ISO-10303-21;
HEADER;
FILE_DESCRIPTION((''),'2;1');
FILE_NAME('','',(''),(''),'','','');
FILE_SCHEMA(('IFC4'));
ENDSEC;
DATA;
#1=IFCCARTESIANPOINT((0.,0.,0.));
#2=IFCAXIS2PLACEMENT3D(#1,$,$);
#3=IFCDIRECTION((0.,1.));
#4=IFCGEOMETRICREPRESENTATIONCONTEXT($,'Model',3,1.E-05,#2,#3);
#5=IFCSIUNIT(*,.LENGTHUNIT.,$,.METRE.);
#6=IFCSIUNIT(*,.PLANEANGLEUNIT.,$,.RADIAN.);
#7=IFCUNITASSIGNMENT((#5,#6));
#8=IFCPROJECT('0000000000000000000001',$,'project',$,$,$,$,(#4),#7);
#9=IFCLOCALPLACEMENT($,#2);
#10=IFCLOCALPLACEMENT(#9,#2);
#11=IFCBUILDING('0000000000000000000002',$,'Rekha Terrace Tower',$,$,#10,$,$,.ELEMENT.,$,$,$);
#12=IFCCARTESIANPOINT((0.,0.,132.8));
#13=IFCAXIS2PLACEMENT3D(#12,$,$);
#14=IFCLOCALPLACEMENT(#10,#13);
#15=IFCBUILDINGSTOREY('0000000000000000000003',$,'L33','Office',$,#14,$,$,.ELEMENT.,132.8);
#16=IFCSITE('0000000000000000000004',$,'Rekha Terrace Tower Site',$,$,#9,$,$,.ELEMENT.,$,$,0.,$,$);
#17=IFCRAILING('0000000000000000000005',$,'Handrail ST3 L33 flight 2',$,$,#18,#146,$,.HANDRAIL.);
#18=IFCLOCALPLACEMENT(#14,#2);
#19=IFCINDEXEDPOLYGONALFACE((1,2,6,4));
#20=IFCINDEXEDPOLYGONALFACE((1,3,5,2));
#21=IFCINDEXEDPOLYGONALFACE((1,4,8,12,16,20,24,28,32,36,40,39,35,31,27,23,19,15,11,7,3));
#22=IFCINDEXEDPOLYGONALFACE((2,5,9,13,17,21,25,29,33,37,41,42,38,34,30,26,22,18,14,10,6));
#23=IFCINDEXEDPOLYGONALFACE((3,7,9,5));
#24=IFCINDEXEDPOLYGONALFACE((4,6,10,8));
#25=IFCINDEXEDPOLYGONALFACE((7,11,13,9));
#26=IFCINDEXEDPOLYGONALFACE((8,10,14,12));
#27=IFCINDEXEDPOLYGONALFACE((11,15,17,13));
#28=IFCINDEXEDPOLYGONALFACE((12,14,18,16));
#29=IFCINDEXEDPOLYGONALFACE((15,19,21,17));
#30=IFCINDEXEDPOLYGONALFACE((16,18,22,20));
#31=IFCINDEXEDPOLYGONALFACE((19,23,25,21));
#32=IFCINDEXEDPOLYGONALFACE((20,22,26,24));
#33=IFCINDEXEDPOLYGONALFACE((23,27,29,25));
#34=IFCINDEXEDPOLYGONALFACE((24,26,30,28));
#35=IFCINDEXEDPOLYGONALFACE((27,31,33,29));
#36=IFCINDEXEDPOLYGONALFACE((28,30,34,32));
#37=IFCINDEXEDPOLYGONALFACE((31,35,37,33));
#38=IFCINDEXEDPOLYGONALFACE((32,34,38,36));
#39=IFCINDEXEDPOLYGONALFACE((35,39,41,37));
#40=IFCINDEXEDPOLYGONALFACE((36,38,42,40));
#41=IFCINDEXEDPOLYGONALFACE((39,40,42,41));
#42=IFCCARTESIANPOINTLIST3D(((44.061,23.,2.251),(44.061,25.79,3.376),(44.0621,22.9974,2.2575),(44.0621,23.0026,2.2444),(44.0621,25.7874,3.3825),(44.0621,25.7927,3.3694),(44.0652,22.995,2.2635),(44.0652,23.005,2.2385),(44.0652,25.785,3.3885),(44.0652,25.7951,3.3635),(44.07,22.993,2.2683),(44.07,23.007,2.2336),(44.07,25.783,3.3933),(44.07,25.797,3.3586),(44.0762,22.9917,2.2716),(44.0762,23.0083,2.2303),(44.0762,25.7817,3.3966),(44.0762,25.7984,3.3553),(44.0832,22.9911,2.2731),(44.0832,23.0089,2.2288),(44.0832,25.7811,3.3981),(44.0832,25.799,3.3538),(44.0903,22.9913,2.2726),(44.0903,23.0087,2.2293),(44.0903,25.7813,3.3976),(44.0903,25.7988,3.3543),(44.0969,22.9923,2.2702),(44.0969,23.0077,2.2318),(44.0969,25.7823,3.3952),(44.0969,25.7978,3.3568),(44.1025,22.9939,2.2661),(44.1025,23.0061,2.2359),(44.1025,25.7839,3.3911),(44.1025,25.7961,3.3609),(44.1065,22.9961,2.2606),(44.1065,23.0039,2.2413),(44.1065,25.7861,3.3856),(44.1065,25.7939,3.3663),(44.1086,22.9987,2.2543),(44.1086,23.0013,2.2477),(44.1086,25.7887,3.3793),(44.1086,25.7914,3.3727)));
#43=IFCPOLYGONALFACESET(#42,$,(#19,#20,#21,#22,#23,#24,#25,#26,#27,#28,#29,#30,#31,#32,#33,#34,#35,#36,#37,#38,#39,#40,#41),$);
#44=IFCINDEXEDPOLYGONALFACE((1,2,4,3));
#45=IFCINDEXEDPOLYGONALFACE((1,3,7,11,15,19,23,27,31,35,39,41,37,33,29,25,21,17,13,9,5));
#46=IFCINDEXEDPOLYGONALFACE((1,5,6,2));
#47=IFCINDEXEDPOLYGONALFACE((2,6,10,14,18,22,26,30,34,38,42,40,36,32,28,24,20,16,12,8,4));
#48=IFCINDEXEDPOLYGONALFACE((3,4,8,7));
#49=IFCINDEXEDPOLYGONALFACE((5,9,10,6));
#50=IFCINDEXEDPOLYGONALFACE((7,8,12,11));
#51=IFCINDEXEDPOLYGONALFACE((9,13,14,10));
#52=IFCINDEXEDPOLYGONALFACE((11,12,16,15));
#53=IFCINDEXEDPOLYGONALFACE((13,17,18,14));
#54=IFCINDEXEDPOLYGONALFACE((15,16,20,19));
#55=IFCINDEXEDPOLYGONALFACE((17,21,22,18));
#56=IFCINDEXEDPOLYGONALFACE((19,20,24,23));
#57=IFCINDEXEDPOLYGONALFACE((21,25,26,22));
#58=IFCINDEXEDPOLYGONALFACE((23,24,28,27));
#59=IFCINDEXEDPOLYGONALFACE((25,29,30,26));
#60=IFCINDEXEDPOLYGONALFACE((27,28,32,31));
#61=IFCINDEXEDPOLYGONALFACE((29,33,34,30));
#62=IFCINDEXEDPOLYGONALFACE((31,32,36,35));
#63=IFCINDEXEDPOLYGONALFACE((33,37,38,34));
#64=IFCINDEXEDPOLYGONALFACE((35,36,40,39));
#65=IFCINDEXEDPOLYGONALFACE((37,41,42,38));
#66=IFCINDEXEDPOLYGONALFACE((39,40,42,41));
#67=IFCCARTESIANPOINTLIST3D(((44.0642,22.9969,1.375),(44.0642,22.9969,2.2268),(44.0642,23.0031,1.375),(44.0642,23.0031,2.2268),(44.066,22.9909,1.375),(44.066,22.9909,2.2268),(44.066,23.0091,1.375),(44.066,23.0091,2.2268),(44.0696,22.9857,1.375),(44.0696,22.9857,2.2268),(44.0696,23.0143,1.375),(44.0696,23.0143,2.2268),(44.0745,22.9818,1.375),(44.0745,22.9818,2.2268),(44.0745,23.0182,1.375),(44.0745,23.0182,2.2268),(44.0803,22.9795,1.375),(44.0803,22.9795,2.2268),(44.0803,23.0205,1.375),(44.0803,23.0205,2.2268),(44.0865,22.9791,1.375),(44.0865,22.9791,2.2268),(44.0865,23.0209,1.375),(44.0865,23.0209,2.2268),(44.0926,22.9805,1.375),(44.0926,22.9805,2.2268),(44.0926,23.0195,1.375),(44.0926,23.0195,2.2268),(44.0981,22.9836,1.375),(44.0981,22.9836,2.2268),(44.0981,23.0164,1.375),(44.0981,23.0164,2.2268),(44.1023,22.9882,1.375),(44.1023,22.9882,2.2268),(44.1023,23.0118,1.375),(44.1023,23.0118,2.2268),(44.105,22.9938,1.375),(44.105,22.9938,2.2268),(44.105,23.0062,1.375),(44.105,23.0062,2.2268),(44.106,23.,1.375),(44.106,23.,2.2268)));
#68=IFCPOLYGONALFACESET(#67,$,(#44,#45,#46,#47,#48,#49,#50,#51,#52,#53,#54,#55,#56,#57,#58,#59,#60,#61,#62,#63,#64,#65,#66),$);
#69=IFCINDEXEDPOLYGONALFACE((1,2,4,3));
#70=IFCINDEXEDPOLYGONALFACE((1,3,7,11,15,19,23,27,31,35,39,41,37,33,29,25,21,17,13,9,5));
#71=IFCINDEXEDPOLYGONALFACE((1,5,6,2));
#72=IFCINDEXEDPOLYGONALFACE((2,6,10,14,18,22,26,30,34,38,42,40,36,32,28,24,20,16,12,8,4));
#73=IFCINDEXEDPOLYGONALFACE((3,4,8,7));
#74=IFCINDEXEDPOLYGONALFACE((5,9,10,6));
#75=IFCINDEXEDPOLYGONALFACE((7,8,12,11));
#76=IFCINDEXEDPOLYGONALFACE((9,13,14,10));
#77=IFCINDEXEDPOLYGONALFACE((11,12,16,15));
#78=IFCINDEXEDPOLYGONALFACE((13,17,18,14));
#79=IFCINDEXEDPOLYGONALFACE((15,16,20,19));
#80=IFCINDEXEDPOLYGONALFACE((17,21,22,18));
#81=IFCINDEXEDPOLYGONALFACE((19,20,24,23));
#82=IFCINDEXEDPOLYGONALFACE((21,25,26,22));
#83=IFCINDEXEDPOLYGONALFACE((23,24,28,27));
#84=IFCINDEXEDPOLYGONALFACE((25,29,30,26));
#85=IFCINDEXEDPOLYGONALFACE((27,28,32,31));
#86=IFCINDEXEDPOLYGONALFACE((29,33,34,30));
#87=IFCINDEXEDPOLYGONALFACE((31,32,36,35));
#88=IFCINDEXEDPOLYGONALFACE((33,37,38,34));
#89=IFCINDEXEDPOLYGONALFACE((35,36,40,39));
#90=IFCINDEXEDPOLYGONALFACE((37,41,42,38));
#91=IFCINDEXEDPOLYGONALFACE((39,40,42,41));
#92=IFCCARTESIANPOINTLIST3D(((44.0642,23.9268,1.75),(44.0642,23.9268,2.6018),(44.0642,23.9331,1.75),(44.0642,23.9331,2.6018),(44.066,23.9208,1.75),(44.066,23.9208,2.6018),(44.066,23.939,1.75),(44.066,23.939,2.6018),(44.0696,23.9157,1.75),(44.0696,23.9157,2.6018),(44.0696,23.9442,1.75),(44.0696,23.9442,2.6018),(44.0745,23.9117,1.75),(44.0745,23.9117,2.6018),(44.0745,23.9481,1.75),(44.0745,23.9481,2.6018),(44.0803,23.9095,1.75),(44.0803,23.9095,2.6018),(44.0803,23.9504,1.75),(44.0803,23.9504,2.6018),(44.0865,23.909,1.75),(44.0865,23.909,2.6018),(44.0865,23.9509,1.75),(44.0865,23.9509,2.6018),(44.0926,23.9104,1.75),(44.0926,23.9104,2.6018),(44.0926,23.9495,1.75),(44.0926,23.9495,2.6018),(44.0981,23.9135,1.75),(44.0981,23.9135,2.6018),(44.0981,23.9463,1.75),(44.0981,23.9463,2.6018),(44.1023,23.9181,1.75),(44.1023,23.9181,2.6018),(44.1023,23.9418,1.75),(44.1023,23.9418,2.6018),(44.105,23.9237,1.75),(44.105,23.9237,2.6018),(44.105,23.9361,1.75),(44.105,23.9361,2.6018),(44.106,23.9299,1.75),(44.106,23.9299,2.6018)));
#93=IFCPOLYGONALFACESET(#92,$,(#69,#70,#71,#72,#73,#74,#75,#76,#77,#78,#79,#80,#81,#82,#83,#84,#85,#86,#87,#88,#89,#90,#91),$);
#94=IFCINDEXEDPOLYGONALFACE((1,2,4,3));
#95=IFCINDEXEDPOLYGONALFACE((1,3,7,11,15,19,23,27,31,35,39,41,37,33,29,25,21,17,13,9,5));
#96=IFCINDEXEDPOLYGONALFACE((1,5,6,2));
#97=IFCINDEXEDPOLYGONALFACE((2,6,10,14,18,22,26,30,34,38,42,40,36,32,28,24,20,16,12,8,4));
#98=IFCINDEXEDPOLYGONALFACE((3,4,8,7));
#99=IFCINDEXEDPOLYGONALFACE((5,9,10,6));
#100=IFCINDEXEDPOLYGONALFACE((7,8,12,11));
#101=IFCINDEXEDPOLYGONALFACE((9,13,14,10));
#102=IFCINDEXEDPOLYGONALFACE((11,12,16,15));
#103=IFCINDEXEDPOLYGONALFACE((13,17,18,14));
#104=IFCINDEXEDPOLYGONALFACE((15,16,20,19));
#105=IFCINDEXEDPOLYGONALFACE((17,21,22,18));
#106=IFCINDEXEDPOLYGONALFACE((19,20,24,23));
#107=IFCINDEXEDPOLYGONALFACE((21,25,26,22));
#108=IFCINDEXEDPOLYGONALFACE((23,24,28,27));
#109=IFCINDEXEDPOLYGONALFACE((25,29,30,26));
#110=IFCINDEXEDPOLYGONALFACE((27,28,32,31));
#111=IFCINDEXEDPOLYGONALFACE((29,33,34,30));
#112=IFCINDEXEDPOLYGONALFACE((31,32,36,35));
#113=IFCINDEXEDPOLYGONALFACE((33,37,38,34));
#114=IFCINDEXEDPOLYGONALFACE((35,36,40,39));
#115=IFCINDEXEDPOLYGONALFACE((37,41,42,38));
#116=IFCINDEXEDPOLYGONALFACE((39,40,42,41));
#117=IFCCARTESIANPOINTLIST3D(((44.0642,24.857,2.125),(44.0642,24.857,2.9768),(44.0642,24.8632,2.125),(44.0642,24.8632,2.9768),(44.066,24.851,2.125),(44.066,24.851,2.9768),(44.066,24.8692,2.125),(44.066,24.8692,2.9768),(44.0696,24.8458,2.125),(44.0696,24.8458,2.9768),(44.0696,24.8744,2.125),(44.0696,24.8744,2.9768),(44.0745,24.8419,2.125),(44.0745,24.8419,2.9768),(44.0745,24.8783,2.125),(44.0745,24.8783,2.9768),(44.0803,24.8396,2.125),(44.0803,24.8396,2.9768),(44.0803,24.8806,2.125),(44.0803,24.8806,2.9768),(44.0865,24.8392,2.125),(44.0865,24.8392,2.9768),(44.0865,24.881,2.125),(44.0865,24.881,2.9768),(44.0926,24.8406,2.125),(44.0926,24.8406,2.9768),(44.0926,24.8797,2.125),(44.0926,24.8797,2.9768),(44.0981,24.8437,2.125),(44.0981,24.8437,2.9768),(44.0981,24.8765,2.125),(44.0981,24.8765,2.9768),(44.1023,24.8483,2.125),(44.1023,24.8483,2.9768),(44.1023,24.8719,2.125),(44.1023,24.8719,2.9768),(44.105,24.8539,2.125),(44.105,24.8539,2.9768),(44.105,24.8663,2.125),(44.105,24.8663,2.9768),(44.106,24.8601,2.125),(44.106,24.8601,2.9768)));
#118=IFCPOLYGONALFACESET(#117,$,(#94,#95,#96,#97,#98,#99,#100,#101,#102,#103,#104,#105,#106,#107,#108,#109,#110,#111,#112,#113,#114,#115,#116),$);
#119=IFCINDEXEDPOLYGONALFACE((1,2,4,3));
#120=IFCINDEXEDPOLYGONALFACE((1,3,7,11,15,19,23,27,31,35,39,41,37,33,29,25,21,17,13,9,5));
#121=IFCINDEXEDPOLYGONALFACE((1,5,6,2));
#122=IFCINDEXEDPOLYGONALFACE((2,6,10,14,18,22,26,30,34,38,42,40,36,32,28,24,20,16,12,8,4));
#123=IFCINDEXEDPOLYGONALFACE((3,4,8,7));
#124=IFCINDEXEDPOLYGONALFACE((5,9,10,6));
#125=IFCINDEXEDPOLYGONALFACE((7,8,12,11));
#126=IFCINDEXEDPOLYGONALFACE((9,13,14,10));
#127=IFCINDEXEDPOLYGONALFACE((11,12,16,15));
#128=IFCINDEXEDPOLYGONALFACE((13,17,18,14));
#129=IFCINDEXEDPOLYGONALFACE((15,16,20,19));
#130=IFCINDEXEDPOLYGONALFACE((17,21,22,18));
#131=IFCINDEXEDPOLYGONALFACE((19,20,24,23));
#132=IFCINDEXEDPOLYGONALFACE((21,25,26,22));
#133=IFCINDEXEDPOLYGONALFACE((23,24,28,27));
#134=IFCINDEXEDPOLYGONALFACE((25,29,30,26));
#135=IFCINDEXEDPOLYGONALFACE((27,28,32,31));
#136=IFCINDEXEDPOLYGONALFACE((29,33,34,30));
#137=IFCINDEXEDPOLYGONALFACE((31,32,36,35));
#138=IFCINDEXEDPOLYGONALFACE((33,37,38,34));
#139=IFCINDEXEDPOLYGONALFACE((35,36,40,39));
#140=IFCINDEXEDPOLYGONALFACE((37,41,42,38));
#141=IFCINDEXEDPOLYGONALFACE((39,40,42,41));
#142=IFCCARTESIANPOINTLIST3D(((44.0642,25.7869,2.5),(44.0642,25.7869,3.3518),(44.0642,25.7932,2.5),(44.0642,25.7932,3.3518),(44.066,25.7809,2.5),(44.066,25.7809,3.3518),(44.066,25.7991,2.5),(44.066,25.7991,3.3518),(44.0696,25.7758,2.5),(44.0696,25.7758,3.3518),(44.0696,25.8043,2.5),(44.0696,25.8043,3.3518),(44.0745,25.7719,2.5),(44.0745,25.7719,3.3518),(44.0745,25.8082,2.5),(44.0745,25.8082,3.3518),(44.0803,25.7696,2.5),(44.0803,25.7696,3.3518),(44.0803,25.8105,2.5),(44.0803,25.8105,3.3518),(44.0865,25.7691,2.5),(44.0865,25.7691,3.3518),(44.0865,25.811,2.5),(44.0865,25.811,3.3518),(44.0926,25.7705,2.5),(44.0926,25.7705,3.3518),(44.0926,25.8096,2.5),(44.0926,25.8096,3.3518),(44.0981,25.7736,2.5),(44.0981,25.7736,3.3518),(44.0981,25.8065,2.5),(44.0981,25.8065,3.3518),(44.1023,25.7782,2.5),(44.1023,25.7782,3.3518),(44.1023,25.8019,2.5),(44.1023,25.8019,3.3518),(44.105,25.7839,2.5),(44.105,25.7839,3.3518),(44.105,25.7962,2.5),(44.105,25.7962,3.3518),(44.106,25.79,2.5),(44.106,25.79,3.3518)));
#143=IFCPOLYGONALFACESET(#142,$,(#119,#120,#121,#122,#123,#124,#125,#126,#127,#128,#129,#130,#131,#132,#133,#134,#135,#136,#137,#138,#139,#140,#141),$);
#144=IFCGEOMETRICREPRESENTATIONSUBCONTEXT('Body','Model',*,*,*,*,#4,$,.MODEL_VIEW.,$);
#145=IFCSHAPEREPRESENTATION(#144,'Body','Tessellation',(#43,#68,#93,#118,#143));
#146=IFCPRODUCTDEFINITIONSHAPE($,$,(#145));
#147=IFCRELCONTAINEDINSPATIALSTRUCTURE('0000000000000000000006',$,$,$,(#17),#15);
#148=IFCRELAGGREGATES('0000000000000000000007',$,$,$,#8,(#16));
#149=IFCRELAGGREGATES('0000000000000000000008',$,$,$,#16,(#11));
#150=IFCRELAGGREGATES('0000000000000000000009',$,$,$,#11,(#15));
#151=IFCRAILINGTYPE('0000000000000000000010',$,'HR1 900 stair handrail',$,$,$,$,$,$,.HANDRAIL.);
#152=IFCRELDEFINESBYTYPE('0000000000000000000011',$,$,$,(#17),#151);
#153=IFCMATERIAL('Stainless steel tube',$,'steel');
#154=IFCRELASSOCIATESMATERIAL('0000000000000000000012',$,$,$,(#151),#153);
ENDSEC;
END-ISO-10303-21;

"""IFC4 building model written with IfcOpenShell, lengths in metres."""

from ifc_helpers import new_model, si_unit, direction, frame, origin, origin_2d, place, context, subcontext, project, spatial, circle, extrude, material, type_object, element, save


model = new_model("IFC4")

# Units and contexts
model_context = context("Model", 3, precision=1e-05, world=origin(), true_north=direction((0.0, 1.0)))
body_context = subcontext(model_context, "Body", "Model", "MODEL_VIEW")
ifc_project = project(units=[si_unit("LENGTHUNIT", "METRE"), si_unit("PLANEANGLEUNIT", "RADIAN")], contexts=[model_context])

# Site, building, storey
site_placement = place(None, origin())
site = spatial("IfcSite", under=ifc_project, at=site_placement, Name="Rekha Terrace Tower Site", CompositionType="ELEMENT", RefElevation=0.0)
building_placement = place(site_placement, origin())
building = spatial("IfcBuilding", under=site, at=building_placement, Name="Rekha Terrace Tower", CompositionType="ELEMENT")
storey_placement = place(building_placement, frame((0.0, 0.0, 132.8)))
storey = spatial("IfcBuildingStorey", under=building, at=storey_placement, Name="L33", Description="Office", CompositionType="ELEMENT", Elevation=132.8)

# Railing
ifc_material_1 = material(Name="Stainless steel tube", Category="steel")
railing_type_1 = type_object("IfcRailingType", Name="HR1 900 stair handrail", PredefinedType="HANDRAIL", material=ifc_material_1)
railing_1_placement = place(storey_placement, frame((44.085, 23.0, 1.375)))
element("IfcRailing", 1, at=railing_1_placement, inside=storey, type_object=railing_type_1, Name="Handrail ST3 L33 flight 2", PredefinedType="HANDRAIL", context=body_context, shape_type="SweptSolid", body=[
    extrude(circle(Radius=0.0239, at=origin_2d()), frame((0.0, 0.0, 0.876), z_axis=(0.0, 0.927443, 0.373964), x_axis=(-1.0, 0.0, 0.0)), (0.0, 0.0, 1.0), 3.0083),
    extrude(circle(Radius=0.021, at=origin_2d()), origin(), (0.0, 0.0, 1.0), 0.8518),
    extrude(circle(Radius=0.021, at=origin_2d()), frame((0.0, 0.9299, 0.375)), (0.0, 0.0, 1.0), 0.8518),
    extrude(circle(Radius=0.021, at=origin_2d()), frame((0.0, 1.8601, 0.75)), (0.0, 0.0, 1.0), 0.8518),
    extrude(circle(Radius=0.021, at=origin_2d()), frame((0.0, 2.79, 1.125)), (0.0, 0.0, 1.0), 0.8518),
])

save(model, "model.ifc")
